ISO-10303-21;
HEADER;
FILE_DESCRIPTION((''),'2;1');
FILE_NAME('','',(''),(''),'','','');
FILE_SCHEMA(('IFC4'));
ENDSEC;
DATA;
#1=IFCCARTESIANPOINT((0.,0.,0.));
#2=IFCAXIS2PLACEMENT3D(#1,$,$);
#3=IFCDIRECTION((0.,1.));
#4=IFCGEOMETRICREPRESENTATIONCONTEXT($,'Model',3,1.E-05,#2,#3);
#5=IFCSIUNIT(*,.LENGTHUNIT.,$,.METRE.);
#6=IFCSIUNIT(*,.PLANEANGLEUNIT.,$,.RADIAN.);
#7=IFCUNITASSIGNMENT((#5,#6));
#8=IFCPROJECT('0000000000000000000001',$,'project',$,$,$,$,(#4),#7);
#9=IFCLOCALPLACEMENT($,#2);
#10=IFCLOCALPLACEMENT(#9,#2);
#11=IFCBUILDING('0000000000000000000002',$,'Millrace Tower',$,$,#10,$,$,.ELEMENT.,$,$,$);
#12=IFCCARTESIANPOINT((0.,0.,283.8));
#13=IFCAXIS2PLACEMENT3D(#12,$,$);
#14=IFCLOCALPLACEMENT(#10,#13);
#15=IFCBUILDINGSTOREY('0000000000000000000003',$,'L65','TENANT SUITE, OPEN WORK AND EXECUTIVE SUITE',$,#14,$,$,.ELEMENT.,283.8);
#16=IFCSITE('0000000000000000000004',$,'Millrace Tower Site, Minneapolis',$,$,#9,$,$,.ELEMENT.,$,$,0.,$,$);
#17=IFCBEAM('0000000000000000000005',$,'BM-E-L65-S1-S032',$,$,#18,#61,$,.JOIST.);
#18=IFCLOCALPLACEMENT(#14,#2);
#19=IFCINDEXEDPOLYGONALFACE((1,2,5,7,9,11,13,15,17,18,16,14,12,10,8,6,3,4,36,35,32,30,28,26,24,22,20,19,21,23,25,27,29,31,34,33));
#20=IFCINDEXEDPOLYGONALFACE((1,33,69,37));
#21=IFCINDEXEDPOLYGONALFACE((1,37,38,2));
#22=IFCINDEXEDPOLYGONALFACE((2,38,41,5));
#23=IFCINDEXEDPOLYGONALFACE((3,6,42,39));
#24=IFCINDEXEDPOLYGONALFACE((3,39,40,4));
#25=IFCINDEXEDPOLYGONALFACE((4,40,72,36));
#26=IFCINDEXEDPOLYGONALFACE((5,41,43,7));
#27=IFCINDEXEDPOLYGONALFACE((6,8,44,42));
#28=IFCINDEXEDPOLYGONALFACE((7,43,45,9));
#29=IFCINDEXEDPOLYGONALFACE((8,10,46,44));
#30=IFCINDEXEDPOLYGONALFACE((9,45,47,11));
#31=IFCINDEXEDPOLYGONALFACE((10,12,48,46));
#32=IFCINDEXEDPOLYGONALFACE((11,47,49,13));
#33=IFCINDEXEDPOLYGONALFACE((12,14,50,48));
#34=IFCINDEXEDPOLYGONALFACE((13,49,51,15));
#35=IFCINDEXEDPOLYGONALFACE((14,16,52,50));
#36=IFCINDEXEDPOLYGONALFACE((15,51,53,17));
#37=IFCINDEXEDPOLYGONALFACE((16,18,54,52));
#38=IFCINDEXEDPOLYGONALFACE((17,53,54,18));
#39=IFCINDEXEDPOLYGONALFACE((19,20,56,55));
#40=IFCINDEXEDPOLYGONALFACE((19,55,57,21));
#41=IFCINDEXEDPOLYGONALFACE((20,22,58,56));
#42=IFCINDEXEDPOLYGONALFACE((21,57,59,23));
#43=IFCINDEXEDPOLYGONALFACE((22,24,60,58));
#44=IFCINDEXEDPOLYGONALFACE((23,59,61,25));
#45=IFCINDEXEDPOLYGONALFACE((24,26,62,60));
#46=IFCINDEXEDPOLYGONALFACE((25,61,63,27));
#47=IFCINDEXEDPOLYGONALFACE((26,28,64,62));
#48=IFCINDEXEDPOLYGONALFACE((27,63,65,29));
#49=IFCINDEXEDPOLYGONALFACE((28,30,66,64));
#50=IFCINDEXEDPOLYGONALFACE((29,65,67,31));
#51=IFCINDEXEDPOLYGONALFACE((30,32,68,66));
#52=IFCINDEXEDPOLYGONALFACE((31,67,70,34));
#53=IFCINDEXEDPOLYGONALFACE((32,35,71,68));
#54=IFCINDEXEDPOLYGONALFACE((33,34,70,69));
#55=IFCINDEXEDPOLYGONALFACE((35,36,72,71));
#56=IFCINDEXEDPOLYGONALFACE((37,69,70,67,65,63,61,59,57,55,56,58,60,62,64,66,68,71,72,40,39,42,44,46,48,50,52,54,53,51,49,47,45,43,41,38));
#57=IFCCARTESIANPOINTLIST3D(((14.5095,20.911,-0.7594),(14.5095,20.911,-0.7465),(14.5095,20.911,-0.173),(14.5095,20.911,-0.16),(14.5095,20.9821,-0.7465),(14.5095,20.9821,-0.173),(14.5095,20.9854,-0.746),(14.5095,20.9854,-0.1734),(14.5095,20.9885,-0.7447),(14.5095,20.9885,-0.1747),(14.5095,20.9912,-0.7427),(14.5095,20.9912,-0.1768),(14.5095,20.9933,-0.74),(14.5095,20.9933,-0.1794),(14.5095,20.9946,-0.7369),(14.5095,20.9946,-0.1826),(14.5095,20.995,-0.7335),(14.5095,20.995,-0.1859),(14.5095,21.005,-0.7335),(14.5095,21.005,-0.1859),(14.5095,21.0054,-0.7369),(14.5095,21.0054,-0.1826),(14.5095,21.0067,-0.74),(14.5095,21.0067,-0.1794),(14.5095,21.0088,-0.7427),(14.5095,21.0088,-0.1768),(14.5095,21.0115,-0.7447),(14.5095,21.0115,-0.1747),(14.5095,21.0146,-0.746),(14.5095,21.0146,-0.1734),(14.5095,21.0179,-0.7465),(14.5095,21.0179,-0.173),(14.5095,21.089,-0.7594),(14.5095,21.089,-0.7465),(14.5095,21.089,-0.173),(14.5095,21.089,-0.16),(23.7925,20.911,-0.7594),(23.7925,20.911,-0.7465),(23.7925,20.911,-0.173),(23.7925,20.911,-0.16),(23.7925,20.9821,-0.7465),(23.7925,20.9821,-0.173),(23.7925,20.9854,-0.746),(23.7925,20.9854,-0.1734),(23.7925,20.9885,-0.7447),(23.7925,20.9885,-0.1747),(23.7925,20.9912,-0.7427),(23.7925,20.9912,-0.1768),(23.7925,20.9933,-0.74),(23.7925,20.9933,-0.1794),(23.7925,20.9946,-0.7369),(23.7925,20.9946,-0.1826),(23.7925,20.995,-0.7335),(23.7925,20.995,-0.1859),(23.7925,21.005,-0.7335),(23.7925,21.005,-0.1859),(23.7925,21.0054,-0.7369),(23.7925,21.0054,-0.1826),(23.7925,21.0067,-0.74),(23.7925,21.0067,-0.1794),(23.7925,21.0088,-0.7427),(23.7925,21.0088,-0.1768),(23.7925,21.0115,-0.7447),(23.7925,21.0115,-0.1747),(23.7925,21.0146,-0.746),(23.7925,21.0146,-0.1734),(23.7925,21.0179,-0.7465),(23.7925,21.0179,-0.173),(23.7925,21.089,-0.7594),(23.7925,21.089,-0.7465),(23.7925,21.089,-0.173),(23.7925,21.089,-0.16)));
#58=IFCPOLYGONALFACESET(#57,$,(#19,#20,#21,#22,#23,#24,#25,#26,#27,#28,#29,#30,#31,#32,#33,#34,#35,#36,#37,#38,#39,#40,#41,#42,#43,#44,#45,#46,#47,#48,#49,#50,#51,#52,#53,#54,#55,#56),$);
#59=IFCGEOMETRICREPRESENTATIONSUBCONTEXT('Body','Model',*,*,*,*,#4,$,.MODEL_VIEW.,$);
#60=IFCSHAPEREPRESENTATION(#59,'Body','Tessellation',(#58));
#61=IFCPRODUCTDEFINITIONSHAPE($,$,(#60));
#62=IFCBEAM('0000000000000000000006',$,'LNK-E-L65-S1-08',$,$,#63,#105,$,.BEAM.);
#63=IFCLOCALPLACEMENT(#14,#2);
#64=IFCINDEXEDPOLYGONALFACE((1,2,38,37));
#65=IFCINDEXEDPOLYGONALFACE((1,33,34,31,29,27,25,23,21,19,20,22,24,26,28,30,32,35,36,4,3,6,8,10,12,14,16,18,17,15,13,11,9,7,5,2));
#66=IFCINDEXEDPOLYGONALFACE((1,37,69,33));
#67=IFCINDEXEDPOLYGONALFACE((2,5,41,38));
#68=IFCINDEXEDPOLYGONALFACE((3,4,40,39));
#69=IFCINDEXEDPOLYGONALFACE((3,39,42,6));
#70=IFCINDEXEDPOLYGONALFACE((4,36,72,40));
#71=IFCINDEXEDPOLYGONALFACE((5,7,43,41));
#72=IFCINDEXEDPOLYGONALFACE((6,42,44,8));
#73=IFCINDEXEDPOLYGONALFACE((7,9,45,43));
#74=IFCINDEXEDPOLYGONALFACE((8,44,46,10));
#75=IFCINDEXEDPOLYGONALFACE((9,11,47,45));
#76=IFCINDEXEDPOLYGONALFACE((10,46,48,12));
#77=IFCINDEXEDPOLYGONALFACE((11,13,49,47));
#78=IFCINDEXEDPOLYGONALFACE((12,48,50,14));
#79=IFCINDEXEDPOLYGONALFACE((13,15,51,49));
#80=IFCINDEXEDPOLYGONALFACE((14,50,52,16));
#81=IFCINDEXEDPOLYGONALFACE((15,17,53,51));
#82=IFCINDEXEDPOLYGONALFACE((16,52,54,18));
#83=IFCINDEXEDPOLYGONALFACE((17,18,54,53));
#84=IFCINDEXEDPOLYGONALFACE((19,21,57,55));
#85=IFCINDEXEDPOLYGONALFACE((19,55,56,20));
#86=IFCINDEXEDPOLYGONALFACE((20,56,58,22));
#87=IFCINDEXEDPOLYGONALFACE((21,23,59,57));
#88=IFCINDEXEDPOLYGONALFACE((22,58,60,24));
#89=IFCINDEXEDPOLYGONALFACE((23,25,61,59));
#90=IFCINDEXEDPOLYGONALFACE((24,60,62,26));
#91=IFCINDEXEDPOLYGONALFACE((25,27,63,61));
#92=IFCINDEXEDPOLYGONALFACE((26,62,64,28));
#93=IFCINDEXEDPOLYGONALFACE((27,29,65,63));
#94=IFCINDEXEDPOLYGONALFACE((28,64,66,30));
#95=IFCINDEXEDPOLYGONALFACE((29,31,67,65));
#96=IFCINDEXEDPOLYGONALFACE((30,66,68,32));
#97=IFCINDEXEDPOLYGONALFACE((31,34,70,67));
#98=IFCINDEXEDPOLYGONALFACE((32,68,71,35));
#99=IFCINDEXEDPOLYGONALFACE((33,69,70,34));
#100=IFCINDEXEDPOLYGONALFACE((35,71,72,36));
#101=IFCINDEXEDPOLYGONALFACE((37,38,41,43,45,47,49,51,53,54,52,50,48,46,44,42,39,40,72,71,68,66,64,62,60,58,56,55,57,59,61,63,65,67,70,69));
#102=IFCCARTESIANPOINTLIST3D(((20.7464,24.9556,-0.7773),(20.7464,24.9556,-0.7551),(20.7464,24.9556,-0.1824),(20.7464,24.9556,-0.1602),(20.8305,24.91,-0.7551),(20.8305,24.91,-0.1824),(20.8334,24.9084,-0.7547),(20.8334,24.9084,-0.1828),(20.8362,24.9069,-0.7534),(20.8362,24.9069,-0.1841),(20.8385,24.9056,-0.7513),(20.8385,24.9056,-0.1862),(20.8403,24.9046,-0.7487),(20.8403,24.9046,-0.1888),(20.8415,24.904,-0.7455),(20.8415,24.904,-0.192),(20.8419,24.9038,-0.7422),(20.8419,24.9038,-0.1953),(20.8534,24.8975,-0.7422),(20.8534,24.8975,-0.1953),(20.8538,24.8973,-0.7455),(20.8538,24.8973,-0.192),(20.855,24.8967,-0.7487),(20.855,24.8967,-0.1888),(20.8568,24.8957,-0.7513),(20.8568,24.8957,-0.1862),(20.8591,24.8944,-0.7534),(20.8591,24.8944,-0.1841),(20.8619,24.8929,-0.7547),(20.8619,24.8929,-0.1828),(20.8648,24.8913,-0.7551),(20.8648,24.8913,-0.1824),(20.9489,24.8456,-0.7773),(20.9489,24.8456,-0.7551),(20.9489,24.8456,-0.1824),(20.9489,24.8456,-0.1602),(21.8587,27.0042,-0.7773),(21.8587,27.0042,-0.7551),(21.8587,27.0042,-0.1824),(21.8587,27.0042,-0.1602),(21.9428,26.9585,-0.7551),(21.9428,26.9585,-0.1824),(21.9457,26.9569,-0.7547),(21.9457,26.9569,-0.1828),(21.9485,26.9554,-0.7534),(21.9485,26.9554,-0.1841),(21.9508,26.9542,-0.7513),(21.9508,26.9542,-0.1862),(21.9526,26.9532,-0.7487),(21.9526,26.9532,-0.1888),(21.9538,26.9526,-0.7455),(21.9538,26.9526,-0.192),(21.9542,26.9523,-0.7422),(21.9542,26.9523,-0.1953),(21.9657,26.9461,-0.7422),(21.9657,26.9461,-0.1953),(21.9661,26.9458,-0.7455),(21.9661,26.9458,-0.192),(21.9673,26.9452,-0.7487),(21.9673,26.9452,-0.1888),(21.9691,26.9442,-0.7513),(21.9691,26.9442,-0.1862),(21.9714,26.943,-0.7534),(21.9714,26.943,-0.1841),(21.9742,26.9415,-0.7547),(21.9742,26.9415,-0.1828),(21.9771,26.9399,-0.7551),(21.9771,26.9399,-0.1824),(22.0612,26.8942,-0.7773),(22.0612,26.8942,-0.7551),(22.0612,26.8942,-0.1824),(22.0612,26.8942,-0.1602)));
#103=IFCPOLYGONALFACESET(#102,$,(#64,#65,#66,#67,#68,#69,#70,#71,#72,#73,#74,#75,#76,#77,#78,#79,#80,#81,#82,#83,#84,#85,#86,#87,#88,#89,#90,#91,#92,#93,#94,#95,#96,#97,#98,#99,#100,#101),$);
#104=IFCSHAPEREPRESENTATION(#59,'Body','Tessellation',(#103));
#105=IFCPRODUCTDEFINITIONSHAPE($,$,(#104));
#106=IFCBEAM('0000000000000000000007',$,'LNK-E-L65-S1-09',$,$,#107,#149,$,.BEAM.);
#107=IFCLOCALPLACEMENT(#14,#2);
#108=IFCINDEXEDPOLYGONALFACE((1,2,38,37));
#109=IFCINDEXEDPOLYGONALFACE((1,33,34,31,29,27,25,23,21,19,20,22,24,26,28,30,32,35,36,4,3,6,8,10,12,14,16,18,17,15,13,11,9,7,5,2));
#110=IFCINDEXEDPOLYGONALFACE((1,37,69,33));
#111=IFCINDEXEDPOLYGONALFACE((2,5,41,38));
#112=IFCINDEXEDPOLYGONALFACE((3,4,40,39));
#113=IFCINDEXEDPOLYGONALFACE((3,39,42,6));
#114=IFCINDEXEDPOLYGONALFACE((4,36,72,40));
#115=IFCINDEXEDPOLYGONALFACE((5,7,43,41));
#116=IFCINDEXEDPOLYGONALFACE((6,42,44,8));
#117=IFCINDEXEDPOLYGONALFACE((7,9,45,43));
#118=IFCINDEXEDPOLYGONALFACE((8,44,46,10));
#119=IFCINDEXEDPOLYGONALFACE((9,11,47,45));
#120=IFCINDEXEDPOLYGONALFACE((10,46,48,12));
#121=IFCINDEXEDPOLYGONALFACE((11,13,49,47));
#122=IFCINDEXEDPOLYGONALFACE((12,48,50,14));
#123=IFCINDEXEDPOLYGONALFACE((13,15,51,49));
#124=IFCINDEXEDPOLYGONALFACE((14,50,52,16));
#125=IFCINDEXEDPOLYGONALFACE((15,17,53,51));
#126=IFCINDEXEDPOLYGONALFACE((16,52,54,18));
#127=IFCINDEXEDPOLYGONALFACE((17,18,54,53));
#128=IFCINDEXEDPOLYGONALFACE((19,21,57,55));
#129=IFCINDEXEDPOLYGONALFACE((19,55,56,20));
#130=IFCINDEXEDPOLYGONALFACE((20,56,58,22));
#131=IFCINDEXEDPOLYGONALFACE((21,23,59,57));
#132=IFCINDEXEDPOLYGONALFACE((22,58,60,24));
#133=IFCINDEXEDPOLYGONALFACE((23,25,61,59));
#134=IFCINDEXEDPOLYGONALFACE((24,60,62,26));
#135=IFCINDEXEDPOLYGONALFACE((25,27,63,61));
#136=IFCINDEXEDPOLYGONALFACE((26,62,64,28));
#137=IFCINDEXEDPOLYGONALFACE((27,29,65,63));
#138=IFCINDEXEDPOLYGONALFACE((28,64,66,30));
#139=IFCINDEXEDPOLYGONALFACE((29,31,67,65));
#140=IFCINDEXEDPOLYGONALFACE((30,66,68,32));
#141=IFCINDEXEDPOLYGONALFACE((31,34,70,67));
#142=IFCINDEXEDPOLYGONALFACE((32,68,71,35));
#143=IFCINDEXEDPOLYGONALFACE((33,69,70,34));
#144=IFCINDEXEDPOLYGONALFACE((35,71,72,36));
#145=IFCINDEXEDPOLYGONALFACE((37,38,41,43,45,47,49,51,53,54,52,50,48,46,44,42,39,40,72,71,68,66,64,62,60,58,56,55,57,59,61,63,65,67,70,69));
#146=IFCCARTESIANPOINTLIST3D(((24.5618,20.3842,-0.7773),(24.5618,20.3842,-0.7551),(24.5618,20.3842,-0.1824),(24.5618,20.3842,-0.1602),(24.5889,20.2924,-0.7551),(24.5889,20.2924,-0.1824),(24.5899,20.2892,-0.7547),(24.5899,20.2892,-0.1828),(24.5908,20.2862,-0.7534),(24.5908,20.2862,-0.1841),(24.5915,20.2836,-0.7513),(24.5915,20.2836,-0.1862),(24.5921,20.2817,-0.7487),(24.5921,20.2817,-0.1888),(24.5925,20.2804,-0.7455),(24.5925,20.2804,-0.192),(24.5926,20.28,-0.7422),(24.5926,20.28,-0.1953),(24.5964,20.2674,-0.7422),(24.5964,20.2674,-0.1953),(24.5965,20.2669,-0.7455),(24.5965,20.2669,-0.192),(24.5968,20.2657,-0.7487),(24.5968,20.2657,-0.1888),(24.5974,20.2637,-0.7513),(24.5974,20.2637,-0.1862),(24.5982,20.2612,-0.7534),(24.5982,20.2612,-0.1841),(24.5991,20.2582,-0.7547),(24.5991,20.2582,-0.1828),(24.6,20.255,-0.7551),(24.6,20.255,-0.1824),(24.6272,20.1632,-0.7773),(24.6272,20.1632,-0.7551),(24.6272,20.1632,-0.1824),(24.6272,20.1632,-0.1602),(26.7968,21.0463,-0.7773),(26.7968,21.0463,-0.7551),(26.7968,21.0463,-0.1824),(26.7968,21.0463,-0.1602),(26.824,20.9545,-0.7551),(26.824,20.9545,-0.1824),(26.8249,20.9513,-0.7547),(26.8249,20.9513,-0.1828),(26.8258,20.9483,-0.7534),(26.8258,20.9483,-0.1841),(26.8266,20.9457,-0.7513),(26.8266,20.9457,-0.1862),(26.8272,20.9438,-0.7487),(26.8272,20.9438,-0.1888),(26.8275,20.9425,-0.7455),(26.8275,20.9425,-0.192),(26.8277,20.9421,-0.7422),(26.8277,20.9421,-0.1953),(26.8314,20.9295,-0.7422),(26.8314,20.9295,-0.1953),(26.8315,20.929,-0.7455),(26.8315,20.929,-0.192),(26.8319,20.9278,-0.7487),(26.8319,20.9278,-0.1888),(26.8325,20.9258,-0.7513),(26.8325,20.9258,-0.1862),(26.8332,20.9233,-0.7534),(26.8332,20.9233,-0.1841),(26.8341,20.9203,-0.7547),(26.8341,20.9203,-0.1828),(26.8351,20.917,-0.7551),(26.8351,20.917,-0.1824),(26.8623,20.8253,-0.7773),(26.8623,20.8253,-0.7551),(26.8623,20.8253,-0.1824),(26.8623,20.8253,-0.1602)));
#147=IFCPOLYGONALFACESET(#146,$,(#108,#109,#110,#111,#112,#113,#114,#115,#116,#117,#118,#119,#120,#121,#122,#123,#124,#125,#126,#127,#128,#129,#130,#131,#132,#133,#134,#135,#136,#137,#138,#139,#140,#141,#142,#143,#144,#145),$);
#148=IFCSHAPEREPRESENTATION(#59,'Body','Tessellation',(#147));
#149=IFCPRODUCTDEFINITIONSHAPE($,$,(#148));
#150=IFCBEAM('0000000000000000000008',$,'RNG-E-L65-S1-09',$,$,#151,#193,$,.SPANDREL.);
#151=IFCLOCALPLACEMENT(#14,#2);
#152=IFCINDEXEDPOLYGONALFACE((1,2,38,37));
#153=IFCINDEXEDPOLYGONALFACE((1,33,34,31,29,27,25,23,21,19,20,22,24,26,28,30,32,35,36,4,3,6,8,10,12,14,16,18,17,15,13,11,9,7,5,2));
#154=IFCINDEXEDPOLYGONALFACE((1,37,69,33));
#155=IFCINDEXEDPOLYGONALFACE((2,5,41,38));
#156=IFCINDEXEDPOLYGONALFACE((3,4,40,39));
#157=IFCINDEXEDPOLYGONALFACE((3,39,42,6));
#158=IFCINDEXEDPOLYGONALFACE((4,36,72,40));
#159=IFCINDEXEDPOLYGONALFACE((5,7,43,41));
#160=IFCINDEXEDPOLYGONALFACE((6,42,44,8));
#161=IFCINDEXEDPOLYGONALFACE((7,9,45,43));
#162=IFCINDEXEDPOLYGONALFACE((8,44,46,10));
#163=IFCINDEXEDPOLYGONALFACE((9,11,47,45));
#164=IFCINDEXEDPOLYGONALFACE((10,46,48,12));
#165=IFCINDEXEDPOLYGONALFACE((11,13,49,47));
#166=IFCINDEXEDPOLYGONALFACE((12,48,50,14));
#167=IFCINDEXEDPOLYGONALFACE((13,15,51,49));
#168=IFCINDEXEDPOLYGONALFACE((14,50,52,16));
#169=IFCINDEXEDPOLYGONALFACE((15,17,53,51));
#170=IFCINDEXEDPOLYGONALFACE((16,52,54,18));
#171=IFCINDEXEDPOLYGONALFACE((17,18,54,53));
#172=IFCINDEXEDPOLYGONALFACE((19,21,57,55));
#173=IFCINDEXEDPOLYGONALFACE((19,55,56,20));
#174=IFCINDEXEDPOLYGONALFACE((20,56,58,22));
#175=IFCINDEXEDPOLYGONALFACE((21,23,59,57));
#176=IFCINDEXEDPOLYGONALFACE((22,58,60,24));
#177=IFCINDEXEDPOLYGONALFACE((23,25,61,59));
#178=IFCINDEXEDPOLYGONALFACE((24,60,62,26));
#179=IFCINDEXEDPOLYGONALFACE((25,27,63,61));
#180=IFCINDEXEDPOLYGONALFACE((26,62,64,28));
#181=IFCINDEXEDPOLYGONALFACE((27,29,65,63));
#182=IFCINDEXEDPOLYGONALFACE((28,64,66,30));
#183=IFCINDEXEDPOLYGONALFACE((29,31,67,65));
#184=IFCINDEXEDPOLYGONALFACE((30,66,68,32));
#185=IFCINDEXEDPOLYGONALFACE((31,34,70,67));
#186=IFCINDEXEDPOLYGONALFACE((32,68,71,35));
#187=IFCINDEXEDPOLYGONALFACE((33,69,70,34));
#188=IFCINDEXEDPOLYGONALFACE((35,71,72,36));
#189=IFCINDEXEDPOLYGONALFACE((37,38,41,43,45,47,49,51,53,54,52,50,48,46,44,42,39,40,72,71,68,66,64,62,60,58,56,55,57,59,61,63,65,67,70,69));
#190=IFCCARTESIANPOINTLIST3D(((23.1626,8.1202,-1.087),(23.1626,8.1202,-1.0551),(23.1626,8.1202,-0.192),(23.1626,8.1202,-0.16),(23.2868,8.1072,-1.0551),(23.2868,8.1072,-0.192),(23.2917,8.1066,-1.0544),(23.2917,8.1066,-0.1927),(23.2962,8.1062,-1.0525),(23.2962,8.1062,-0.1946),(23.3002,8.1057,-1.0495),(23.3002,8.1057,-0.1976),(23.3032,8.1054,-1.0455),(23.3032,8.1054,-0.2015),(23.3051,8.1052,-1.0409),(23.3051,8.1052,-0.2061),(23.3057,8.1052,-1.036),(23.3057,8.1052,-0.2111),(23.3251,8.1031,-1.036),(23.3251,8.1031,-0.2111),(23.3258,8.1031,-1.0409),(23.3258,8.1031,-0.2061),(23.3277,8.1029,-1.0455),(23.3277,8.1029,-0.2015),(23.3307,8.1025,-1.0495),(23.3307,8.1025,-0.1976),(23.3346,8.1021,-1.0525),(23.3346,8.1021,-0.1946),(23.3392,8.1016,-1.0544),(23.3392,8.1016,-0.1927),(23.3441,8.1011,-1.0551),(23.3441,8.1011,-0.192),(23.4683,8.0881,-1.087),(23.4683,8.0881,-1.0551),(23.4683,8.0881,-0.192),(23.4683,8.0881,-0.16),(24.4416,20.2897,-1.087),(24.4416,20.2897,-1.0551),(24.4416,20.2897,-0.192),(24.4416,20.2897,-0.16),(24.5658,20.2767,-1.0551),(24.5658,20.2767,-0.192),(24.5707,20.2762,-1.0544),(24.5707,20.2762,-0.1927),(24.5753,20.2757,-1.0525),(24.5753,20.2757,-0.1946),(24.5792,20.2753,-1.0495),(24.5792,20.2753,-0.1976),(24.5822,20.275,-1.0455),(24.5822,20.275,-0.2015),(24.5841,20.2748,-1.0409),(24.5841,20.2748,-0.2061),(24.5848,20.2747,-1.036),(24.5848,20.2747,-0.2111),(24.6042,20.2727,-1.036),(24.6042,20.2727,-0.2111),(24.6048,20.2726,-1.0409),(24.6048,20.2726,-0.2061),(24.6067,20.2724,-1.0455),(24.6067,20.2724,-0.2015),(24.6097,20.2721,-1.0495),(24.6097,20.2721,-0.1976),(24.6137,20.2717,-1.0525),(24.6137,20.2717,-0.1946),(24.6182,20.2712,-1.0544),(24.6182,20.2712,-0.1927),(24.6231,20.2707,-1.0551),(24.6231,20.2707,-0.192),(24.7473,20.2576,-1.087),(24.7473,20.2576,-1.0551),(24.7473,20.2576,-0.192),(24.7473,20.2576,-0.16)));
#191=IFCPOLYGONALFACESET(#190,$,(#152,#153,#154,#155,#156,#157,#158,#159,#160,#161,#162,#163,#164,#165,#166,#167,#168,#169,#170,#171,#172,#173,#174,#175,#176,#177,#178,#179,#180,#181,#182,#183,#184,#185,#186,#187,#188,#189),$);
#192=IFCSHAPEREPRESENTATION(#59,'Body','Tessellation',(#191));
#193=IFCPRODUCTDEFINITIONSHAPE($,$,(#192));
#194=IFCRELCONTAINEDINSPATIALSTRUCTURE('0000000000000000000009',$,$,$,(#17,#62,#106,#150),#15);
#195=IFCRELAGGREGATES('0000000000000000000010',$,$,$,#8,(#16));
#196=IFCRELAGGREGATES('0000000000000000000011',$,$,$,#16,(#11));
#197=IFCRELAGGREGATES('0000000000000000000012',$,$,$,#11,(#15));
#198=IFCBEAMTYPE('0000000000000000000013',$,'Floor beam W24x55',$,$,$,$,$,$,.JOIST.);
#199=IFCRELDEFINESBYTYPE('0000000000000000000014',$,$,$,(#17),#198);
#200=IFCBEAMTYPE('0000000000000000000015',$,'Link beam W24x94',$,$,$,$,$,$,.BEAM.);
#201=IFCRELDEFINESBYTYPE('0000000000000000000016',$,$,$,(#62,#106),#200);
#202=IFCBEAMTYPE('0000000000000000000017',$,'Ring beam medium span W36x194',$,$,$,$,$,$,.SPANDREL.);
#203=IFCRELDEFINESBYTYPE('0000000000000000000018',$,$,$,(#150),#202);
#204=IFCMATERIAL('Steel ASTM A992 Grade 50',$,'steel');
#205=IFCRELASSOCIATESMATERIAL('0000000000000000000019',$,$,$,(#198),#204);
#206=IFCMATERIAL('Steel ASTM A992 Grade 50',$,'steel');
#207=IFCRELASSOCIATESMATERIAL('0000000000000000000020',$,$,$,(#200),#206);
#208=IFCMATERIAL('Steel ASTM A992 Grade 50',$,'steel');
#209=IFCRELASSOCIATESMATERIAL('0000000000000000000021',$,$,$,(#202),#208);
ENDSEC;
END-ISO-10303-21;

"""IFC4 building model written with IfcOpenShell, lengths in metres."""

from ifc_helpers import new_model, si_unit, direction, frame, origin, origin_2d, place, context, subcontext, project, spatial, i_section, extrude, material, material_profile, profile_set, type_object, element, save


model = new_model("IFC4")

# Units and contexts
model_context = context("Model", 3, precision=1e-05, world=origin(), true_north=direction((0.0, 1.0)))
body_context = subcontext(model_context, "Body", "Model", "MODEL_VIEW")
ifc_project = project(units=[si_unit("LENGTHUNIT", "METRE"), si_unit("PLANEANGLEUNIT", "RADIAN")], contexts=[model_context])

# Site, building, storey
site_placement = place(None, origin())
site = spatial("IfcSite", under=ifc_project, at=site_placement, Name="Millrace Tower Site, Minneapolis", CompositionType="ELEMENT", RefElevation=0.0)
building_placement = place(site_placement, origin())
building = spatial("IfcBuilding", under=site, at=building_placement, Name="Millrace Tower", CompositionType="ELEMENT")
storey_placement = place(building_placement, frame((0.0, 0.0, 283.8)))
storey = spatial("IfcBuildingStorey", under=building, at=storey_placement, Name="L65", Description="TENANT SUITE, OPEN WORK AND EXECUTIVE SUITE", CompositionType="ELEMENT", Elevation=283.8)

# Beams
ifc_material_1 = material(Name="Steel ASTM A992 Grade 50", Category="steel")
ifc_material_profile_1 = material_profile(ifc_material_1, i_section(OverallWidth=0.178, OverallDepth=0.5994, WebThickness=0.01, FlangeThickness=0.0129, FilletRadius=0.0129, at=origin_2d()))
ifc_profile_set_1 = profile_set([ifc_material_profile_1], Name="Steel ASTM A992 Grade 50")
beam_type_1 = type_object("IfcBeamType", Name="Floor beam W24x55", PredefinedType="JOIST", material=ifc_profile_set_1)
beam_1_placement = place(storey_placement, frame((14.5095, 21.0, -0.4597), z_axis=(1.0, 0.0, 0.0), x_axis=(0.0, 1.0, 0.0)))
element("IfcBeam", 1, at=beam_1_placement, inside=storey, type_object=beam_type_1, Name="BM-E-L65-S1-S032", PredefinedType="JOIST", context=body_context, shape_type="SweptSolid", body=[
    extrude(i_section(OverallWidth=0.178, OverallDepth=0.5994, WebThickness=0.01, FlangeThickness=0.0129, FilletRadius=0.0129, at=origin_2d()), origin(), (0.0, 0.0, 1.0), 9.283),
])
ifc_material_2 = material(Name="Steel ASTM A992 Grade 50", Category="steel")
ifc_material_profile_2 = material_profile(ifc_material_2, i_section(OverallWidth=0.2305, OverallDepth=0.6172, WebThickness=0.0132, FlangeThickness=0.0222, FilletRadius=0.0129, at=origin_2d()))
ifc_profile_set_2 = profile_set([ifc_material_profile_2], Name="Steel ASTM A992 Grade 50")
beam_type_2 = type_object("IfcBeamType", Name="Link beam W24x94", PredefinedType="BEAM", material=ifc_profile_set_2)
for number, where, z_axis, x_axis, name in (
    (2, (20.8477, 24.9006, -0.4688), (0.477164, 0.878815, 0.0), (-0.878815, 0.477164, 0.0), "LNK-E-L65-S1-08"),
    (3, (24.5945, 20.2737, -0.4688), (0.958815, 0.284031, 0.0), (-0.284031, 0.958815, 0.0), "LNK-E-L65-S1-09"),
):
    element("IfcBeam", number, at=place(storey_placement, frame(where, z_axis=z_axis, x_axis=x_axis)), inside=storey, type_object=beam_type_2, Name=name, PredefinedType="BEAM", context=body_context, shape_type="SweptSolid", body=[
        extrude(i_section(OverallWidth=0.2305, OverallDepth=0.6172, WebThickness=0.0132, FlangeThickness=0.0222, FilletRadius=0.0129, at=origin_2d()), origin(), (0.0, 0.0, 1.0), 2.3311),
    ])
ifc_material_3 = material(Name="Steel ASTM A992 Grade 50", Category="steel")
ifc_material_profile_3 = material_profile(ifc_material_3, i_section(OverallWidth=0.3074, OverallDepth=0.927, WebThickness=0.0195, FlangeThickness=0.032, FilletRadius=0.019, at=origin_2d()))
ifc_profile_set_3 = profile_set([ifc_material_profile_3], Name="Steel ASTM A992 Grade 50")
beam_type_3 = type_object("IfcBeamType", Name="Ring beam medium span W36x194", PredefinedType="SPANDREL", material=ifc_profile_set_3)
beam_2_placement = place(storey_placement, frame((24.5945, 20.2737, -0.6235), z_axis=(-0.104528, -0.994522, 0.0), x_axis=(0.994522, -0.104528, 0.0)))
element("IfcBeam", 4, at=beam_2_placement, inside=storey, type_object=beam_type_3, Name="RNG-E-L65-S1-09", PredefinedType="SPANDREL", context=body_context, shape_type="SweptSolid", body=[
    extrude(i_section(OverallWidth=0.3074, OverallDepth=0.927, WebThickness=0.0195, FlangeThickness=0.032, FilletRadius=0.019, at=origin_2d()), origin(), (0.0, 0.0, 1.0), 12.2366),
])

save(model, "model.ifc")
